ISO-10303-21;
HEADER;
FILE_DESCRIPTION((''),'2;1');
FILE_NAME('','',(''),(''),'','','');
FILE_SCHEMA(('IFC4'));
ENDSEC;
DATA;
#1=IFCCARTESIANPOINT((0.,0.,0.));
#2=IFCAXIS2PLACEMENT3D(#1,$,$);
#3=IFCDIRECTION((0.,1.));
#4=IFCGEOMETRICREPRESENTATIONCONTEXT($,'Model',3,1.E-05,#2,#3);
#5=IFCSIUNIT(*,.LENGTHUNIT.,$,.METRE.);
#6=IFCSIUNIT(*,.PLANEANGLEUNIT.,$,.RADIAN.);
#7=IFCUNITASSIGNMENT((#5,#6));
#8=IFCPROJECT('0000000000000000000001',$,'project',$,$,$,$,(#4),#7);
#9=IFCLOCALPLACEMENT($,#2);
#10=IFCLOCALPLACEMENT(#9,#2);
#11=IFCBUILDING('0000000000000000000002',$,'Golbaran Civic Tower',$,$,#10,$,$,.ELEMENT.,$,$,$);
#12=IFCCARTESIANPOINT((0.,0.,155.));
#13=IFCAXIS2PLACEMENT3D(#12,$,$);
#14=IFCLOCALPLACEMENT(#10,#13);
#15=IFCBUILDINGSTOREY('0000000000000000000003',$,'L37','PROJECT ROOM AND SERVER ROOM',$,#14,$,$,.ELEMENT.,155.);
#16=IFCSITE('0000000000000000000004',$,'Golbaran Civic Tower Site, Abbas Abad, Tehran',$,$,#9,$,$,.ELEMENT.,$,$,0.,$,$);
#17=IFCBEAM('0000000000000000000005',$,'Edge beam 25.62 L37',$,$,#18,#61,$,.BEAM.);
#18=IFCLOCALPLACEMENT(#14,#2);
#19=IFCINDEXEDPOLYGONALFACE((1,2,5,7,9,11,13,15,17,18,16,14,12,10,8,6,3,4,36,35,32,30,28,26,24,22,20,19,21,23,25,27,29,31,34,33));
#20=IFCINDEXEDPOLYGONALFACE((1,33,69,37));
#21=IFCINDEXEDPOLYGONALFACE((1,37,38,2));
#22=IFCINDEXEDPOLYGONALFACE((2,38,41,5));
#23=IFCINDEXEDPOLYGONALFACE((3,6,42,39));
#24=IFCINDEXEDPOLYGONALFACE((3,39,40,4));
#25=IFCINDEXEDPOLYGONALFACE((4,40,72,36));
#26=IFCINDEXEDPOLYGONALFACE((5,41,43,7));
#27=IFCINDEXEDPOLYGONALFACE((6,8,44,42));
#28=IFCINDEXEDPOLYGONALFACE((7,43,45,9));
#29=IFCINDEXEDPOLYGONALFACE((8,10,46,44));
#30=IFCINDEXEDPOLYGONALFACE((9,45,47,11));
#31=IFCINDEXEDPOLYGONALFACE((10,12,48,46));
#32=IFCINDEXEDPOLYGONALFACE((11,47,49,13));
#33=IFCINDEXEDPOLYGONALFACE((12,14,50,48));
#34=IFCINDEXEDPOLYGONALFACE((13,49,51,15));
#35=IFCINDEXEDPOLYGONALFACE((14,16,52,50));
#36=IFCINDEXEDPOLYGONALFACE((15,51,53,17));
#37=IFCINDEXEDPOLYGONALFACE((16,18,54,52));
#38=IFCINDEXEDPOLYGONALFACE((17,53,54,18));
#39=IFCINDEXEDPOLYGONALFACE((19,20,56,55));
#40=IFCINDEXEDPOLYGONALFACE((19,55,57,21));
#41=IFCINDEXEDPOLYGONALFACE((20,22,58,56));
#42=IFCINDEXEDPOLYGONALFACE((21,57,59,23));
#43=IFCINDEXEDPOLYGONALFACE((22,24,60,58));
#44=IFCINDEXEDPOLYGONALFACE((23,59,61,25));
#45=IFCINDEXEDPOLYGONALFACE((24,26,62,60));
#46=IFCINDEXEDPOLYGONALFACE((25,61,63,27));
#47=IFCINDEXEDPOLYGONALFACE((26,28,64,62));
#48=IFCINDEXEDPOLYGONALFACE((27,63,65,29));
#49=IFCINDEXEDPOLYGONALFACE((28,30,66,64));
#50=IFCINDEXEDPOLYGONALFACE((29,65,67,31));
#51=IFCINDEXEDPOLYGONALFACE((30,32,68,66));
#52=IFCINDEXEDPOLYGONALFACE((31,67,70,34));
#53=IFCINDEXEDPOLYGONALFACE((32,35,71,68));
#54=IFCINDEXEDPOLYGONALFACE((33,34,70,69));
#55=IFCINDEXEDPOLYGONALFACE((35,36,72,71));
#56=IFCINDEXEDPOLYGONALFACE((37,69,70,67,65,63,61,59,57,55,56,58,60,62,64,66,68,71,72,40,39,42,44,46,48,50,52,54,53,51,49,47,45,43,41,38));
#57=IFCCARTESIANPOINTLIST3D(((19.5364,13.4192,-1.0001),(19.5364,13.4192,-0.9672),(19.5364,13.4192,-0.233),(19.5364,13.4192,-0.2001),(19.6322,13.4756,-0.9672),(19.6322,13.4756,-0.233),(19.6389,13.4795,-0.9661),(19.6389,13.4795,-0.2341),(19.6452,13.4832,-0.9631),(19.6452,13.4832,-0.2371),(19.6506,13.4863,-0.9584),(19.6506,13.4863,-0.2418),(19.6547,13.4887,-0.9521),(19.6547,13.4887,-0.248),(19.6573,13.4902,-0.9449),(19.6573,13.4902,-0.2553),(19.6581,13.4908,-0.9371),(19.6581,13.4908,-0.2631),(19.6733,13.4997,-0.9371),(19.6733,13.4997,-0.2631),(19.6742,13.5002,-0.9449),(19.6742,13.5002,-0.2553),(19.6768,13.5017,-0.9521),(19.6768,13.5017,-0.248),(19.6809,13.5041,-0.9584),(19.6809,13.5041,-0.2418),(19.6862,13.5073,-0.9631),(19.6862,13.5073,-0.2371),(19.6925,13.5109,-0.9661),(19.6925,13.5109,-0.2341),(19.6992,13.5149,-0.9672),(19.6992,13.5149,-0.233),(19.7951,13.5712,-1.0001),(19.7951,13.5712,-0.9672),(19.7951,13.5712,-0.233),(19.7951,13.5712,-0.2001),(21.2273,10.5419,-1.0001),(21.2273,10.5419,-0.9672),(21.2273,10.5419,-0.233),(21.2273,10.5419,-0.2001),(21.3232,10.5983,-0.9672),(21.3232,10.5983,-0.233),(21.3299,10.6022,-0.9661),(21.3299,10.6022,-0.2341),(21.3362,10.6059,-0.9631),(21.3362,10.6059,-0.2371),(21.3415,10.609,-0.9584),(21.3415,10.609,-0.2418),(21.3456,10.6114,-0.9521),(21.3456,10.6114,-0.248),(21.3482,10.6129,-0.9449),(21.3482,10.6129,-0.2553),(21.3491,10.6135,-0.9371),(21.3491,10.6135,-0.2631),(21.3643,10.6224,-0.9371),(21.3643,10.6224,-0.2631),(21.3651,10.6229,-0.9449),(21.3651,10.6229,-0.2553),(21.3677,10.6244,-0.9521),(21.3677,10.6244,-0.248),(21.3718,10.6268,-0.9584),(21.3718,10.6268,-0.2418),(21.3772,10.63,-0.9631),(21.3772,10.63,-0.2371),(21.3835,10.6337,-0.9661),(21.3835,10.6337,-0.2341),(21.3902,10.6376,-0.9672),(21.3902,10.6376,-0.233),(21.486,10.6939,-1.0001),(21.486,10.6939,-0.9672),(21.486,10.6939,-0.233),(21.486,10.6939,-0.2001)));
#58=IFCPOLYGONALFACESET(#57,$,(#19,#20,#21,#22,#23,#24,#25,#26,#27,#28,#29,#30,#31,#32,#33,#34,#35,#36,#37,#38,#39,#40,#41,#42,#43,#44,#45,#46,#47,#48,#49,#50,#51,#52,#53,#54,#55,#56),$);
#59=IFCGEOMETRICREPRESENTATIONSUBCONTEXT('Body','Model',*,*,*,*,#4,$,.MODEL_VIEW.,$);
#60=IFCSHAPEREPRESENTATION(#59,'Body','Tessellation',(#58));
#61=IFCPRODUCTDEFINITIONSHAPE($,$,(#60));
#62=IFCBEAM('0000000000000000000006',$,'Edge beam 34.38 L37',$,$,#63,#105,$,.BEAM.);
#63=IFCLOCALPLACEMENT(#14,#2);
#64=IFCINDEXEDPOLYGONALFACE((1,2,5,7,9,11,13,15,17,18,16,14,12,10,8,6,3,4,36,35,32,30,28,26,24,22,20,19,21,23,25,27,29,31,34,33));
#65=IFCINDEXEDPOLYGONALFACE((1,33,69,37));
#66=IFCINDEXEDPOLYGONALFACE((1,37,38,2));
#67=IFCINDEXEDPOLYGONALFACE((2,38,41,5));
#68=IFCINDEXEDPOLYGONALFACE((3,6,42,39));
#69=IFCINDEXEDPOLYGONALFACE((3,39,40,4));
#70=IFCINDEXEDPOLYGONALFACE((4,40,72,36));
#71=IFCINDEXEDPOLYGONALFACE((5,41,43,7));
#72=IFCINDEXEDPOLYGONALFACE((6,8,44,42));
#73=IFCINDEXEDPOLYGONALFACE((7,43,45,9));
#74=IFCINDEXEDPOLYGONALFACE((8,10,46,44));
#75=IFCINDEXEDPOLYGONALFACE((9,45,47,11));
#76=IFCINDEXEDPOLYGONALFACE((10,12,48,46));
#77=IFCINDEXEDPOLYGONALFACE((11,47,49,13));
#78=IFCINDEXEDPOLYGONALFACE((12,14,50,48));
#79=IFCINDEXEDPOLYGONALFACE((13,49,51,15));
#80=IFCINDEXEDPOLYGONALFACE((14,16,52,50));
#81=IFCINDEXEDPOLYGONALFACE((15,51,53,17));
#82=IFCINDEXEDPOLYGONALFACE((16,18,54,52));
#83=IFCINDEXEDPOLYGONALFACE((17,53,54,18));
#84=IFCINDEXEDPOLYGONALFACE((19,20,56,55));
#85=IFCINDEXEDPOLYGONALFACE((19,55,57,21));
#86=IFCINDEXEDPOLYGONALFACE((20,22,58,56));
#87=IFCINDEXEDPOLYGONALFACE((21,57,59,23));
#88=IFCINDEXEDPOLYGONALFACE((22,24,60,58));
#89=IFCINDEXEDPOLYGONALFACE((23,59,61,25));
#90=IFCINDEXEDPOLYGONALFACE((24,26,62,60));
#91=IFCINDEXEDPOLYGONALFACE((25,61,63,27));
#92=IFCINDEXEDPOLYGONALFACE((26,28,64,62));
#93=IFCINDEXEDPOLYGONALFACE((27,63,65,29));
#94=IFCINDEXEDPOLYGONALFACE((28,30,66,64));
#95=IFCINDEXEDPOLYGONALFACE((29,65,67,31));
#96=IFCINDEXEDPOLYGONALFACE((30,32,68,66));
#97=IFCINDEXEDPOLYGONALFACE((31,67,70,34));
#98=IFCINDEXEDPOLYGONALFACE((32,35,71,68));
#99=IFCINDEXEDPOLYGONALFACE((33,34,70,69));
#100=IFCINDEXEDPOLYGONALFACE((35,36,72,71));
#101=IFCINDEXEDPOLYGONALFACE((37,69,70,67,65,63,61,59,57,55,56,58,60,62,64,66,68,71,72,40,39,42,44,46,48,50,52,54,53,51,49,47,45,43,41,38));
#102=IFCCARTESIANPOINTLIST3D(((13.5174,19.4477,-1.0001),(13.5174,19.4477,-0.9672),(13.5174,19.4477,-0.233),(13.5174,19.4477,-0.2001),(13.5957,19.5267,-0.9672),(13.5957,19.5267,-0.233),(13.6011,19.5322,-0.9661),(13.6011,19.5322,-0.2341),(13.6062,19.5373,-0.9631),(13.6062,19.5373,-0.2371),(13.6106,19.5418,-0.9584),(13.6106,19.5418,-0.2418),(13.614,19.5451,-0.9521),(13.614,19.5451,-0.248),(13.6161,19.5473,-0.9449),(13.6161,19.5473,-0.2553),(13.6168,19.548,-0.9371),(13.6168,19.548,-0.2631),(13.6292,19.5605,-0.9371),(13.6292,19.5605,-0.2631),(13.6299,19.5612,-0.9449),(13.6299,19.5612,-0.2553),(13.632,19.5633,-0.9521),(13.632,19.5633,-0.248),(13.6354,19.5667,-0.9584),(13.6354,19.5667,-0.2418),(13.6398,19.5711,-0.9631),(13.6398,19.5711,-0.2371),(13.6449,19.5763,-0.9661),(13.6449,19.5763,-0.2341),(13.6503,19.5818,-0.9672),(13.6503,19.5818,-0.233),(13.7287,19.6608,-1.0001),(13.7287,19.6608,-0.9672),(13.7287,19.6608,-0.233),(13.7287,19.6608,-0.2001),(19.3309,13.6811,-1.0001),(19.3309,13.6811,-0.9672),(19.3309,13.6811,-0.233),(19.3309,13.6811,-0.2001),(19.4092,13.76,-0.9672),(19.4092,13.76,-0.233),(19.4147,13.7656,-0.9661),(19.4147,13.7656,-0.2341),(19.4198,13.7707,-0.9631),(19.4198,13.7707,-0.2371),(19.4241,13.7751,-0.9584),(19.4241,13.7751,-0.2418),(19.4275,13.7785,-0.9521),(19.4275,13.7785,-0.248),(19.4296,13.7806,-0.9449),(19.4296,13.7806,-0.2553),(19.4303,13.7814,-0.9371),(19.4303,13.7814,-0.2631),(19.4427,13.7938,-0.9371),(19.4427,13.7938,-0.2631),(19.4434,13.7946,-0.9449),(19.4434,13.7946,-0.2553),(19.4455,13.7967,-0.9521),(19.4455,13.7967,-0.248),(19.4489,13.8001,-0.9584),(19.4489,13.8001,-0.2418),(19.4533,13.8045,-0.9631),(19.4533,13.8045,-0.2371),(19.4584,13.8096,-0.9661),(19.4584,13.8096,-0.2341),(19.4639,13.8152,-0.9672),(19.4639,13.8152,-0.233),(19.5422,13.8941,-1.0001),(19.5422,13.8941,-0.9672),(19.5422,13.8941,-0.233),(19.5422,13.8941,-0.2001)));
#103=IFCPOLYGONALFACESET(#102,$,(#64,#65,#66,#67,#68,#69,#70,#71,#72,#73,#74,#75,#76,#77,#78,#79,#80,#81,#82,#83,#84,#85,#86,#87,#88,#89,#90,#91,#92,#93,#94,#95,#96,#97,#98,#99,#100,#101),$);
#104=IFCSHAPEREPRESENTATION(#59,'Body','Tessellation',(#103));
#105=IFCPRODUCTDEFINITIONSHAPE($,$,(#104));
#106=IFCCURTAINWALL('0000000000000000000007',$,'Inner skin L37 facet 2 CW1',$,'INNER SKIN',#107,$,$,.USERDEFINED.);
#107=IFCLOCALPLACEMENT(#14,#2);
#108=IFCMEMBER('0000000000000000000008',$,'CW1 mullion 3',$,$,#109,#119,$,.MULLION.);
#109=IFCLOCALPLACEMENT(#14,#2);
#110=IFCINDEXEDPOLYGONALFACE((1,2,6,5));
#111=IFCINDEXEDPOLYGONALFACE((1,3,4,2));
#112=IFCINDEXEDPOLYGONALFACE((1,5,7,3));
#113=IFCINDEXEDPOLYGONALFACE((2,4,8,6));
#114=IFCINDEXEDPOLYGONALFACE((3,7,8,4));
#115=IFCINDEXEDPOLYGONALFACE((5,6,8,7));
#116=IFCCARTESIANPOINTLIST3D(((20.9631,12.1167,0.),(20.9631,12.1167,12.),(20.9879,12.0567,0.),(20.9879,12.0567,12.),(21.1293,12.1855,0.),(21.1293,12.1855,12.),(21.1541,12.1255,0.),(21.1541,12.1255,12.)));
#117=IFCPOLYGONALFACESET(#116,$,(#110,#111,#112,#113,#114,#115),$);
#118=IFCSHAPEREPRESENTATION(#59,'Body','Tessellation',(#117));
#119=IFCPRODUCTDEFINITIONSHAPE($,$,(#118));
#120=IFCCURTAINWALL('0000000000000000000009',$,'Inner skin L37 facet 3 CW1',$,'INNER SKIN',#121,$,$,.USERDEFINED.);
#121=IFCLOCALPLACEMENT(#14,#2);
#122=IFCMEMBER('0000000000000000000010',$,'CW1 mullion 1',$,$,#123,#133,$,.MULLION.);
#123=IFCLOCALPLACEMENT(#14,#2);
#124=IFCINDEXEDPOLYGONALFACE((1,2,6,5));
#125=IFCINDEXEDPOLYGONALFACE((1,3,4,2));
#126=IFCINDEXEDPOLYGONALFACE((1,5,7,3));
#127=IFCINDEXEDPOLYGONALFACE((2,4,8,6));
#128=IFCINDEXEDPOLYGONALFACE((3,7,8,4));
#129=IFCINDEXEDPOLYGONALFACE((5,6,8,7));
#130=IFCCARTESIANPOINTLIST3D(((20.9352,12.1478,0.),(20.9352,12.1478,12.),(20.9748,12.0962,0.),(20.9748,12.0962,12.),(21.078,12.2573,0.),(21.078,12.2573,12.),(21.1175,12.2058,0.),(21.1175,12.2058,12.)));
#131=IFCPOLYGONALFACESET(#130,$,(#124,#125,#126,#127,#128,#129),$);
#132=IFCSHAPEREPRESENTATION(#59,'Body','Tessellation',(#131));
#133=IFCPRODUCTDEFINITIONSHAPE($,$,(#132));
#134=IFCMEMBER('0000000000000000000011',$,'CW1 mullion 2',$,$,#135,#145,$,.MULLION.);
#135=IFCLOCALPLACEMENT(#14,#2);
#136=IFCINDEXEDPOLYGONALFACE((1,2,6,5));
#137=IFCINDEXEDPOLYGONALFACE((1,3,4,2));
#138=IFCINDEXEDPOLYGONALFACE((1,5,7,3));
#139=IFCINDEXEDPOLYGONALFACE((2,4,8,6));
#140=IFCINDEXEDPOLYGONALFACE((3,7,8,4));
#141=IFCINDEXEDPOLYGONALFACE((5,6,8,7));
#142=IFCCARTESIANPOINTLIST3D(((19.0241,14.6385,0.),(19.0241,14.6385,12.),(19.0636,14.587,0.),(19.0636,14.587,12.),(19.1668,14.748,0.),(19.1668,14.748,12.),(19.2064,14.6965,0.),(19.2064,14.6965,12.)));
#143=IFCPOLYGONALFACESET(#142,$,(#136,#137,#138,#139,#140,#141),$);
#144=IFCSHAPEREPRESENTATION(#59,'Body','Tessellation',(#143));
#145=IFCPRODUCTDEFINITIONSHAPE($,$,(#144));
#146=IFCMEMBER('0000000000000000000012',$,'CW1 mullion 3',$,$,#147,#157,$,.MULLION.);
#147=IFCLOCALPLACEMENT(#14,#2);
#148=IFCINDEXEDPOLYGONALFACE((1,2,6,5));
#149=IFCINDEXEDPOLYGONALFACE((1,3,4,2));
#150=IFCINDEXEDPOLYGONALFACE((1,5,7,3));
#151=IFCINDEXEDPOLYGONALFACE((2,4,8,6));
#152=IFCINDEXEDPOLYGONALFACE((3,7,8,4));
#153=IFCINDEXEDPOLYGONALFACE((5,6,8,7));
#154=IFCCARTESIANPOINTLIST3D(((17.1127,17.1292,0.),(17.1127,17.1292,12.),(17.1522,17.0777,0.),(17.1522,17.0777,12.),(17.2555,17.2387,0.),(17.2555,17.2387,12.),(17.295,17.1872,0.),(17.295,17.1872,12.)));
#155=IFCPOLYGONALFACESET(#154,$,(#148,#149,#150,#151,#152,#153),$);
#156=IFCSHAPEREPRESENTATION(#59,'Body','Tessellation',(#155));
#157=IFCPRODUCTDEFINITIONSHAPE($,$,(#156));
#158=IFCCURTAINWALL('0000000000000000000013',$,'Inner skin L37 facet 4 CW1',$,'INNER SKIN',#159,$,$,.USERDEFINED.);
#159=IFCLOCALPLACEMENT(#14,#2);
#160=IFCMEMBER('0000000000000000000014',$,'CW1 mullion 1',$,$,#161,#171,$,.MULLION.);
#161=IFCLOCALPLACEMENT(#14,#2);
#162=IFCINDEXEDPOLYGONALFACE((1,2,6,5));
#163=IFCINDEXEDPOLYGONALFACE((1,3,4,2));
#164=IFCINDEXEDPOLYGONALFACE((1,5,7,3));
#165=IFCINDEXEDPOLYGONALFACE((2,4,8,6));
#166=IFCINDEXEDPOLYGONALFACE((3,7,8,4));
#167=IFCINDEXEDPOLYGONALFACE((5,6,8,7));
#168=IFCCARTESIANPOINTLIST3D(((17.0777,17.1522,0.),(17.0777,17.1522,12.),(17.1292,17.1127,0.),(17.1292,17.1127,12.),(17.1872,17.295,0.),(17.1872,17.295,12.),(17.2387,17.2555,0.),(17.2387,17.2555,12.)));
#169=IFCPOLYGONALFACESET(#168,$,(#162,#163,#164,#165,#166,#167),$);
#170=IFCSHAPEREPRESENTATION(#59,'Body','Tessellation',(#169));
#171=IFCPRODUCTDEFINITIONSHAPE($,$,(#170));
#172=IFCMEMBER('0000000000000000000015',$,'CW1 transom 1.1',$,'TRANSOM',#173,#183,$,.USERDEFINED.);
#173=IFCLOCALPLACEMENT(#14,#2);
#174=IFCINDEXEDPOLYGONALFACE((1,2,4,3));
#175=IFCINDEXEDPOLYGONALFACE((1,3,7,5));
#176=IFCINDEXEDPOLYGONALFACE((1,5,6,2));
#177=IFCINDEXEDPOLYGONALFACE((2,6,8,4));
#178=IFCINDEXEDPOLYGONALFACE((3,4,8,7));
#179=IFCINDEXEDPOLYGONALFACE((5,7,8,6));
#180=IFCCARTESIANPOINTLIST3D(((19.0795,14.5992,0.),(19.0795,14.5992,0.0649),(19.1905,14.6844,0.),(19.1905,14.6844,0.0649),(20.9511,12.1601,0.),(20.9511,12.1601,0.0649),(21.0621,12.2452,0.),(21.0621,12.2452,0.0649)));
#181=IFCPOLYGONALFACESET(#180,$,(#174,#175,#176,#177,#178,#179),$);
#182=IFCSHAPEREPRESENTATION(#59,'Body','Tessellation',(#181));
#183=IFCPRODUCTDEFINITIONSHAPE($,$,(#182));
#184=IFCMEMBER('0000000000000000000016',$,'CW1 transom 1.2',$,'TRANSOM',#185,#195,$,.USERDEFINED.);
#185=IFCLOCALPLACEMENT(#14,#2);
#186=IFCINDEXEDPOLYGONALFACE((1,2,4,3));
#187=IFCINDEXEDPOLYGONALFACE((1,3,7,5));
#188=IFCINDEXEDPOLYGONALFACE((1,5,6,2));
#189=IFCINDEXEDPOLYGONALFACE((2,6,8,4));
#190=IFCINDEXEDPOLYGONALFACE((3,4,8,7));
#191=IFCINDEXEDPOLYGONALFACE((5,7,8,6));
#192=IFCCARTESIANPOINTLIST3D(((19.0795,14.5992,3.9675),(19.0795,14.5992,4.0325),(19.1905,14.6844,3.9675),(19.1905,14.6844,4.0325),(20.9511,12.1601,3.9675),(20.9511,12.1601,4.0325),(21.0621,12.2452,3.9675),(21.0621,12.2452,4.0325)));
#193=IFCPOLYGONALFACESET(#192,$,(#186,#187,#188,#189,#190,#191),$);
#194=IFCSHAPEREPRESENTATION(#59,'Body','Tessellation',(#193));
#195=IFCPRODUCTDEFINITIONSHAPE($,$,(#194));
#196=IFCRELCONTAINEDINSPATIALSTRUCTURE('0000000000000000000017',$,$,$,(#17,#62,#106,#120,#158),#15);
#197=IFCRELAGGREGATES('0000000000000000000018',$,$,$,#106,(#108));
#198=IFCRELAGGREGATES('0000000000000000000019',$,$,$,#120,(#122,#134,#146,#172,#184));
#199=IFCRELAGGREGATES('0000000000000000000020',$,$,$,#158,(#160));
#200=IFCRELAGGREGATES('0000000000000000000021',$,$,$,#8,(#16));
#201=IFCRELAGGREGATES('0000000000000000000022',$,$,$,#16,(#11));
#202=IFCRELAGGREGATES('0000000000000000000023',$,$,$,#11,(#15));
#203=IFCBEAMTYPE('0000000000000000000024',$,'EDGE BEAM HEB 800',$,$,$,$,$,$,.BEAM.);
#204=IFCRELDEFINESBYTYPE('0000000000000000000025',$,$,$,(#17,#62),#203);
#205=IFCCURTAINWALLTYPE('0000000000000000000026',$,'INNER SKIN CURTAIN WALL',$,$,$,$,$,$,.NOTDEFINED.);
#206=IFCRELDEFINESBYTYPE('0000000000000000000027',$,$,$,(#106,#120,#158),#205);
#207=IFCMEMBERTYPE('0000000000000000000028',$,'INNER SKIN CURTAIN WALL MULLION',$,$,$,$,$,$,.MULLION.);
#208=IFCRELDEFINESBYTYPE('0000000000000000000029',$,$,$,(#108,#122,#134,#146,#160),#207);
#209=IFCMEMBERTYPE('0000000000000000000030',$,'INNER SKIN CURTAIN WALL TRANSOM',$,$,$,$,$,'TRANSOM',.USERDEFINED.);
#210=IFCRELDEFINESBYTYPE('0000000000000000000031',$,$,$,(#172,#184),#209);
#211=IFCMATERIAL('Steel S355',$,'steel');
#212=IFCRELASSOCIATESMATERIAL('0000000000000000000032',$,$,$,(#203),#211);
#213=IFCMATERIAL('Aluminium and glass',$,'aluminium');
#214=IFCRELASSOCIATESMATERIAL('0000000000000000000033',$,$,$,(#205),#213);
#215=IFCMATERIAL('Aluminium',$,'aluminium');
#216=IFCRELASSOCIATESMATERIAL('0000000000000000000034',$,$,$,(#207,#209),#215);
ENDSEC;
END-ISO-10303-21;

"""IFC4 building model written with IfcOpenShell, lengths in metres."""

from ifc_helpers import new_model, si_unit, direction, frame, origin, origin_2d, place, context, subcontext, project, spatial, rectangle, i_section, extrude, material, material_profile, profile_set, type_object, element, aggregate, save


model = new_model("IFC4")

# Units and contexts
model_context = context("Model", 3, precision=1e-05, world=origin(), true_north=direction((0.0, 1.0)))
body_context = subcontext(model_context, "Body", "Model", "MODEL_VIEW")
ifc_project = project(units=[si_unit("LENGTHUNIT", "METRE"), si_unit("PLANEANGLEUNIT", "RADIAN")], contexts=[model_context])

# Site, building, storey
site_placement = place(None, origin())
site = spatial("IfcSite", under=ifc_project, at=site_placement, Name="Golbaran Civic Tower Site, Abbas Abad, Tehran", CompositionType="ELEMENT", RefElevation=0.0)
building_placement = place(site_placement, origin())
building = spatial("IfcBuilding", under=site, at=building_placement, Name="Golbaran Civic Tower", CompositionType="ELEMENT")
storey_placement = place(building_placement, frame((0.0, 0.0, 155.0)))
storey = spatial("IfcBuildingStorey", under=building, at=storey_placement, Name="L37", Description="PROJECT ROOM AND SERVER ROOM", CompositionType="ELEMENT", Elevation=155.0)

# Beams
ifc_material_1 = material(Name="Steel S355", Category="steel")
ifc_material_profile_1 = material_profile(ifc_material_1, i_section(OverallWidth=0.3, OverallDepth=0.8, WebThickness=0.0176, FlangeThickness=0.033, FilletRadius=0.03, at=origin_2d()), Name="HEB 800")
ifc_profile_set_1 = profile_set([ifc_material_profile_1], Name="Steel S355")
beam_type = type_object("IfcBeamType", Name="EDGE BEAM HEB 800", PredefinedType="BEAM", material=ifc_profile_set_1)
beam_1_placement = place(storey_placement, frame((21.3567, 10.6179, -0.6001), z_axis=(-0.506675, 0.862137, 0.0), x_axis=(-0.862137, -0.506675, 0.0)))
element("IfcBeam", 1, at=beam_1_placement, inside=storey, type_object=beam_type, Name="Edge beam 25.62 L37", PredefinedType="BEAM", context=body_context, shape_type="SweptSolid", body=[
    extrude(i_section(OverallWidth=0.3, OverallDepth=0.8, WebThickness=0.0176, FlangeThickness=0.033, FilletRadius=0.03, at=origin_2d()), origin(), (0.0, 0.0, 1.0), 3.3374),
])
beam_2_placement = place(storey_placement, frame((19.4365, 13.7876, -0.6001), z_axis=(-0.709963, 0.704239, 0.0), x_axis=(-0.704239, -0.709963, 0.0)))
element("IfcBeam", 2, at=beam_2_placement, inside=storey, type_object=beam_type, Name="Edge beam 34.38 L37", PredefinedType="BEAM", context=body_context, shape_type="SweptSolid", body=[
    extrude(i_section(OverallWidth=0.3, OverallDepth=0.8, WebThickness=0.0176, FlangeThickness=0.033, FilletRadius=0.03, at=origin_2d()), origin(), (0.0, 0.0, 1.0), 8.1885),
])

# Curtain wall, member
ifc_material_2 = material(Name="Aluminium and glass", Category="aluminium")
curtain_wall_type = type_object("IfcCurtainWallType", Name="INNER SKIN CURTAIN WALL", PredefinedType="NOTDEFINED", material=ifc_material_2)
curtain_wall_1_placement = place(storey_placement, origin())
curtain_wall_1 = element("IfcCurtainWall", 3, at=curtain_wall_1_placement, inside=storey, type_object=curtain_wall_type, Name="Inner skin L37 facet 2 CW1", ObjectType="INNER SKIN", PredefinedType="USERDEFINED")
ifc_material_3 = material(Name="Aluminium", Category="aluminium")
ifc_material_profile_2 = material_profile(ifc_material_3, rectangle(XDim=0.1799, YDim=0.0649, at=origin_2d()), Name="INNER SKIN CURTAIN WALL MULLION")
ifc_profile_set_2 = profile_set([ifc_material_profile_2], Name="Aluminium")
member_type_1 = type_object("IfcMemberType", Name="INNER SKIN CURTAIN WALL MULLION", PredefinedType="MULLION", material=ifc_profile_set_2)
member_1_placement = place(storey_placement, frame((21.0586, 12.1211, 0.0), z_axis=(0.0, 0.0, 1.0), x_axis=(-0.92388, -0.382683, 0.0)))
member_1 = element("IfcMember", 4, at=member_1_placement, type_object=member_type_1, Name="CW1 mullion 3", PredefinedType="MULLION", context=body_context, shape_type="SweptSolid", body=[
    extrude(rectangle(XDim=0.1799, YDim=0.0649, at=origin_2d()), origin(), (0.0, 0.0, 1.0), 12.0),
])

# Curtain wall, members
curtain_wall_2_placement = place(storey_placement, origin())
curtain_wall_2 = element("IfcCurtainWall", 5, at=curtain_wall_2_placement, inside=storey, type_object=curtain_wall_type, Name="Inner skin L37 facet 3 CW1", ObjectType="INNER SKIN", PredefinedType="USERDEFINED")
member_2_placement = place(storey_placement, frame((21.0264, 12.1768, 0.0), z_axis=(0.0, 0.0, 1.0), x_axis=(-0.793353, -0.608761, 0.0)))
member_2 = element("IfcMember", 6, at=member_2_placement, type_object=member_type_1, Name="CW1 mullion 1", PredefinedType="MULLION", context=body_context, shape_type="SweptSolid", body=[
    extrude(rectangle(XDim=0.1799, YDim=0.0649, at=origin_2d()), origin(), (0.0, 0.0, 1.0), 12.0),
])
member_3_placement = place(storey_placement, frame((19.1152, 14.6675, 0.0), z_axis=(0.0, 0.0, 1.0), x_axis=(-0.793353, -0.608761, 0.0)))
member_3 = element("IfcMember", 7, at=member_3_placement, type_object=member_type_1, Name="CW1 mullion 2", PredefinedType="MULLION", context=body_context, shape_type="SweptSolid", body=[
    extrude(rectangle(XDim=0.1799, YDim=0.0649, at=origin_2d()), origin(), (0.0, 0.0, 1.0), 12.0),
])
member_4_placement = place(storey_placement, frame((17.2039, 17.1582, 0.0), z_axis=(0.0, 0.0, 1.0), x_axis=(-0.793353, -0.608761, 0.0)))
member_4 = element("IfcMember", 8, at=member_4_placement, type_object=member_type_1, Name="CW1 mullion 3", PredefinedType="MULLION", context=body_context, shape_type="SweptSolid", body=[
    extrude(rectangle(XDim=0.1799, YDim=0.0649, at=origin_2d()), origin(), (0.0, 0.0, 1.0), 12.0),
])

# Curtain wall, member
curtain_wall_3_placement = place(storey_placement, origin())
curtain_wall_3 = element("IfcCurtainWall", 9, at=curtain_wall_3_placement, inside=storey, type_object=curtain_wall_type, Name="Inner skin L37 facet 4 CW1", ObjectType="INNER SKIN", PredefinedType="USERDEFINED")
member_5_placement = place(storey_placement, frame((17.1582, 17.2039, 0.0), z_axis=(0.0, 0.0, 1.0), x_axis=(-0.608761, -0.793353, 0.0)))
member_5 = element("IfcMember", 10, at=member_5_placement, type_object=member_type_1, Name="CW1 mullion 1", PredefinedType="MULLION", context=body_context, shape_type="SweptSolid", body=[
    extrude(rectangle(XDim=0.1799, YDim=0.0649, at=origin_2d()), origin(), (0.0, 0.0, 1.0), 12.0),
])

# Members
ifc_material_profile_3 = material_profile(ifc_material_3, rectangle(XDim=0.1399, YDim=0.0649, at=origin_2d()), Name="INNER SKIN CURTAIN WALL TRANSOM")
ifc_profile_set_3 = profile_set([ifc_material_profile_3], Name="Aluminium")
member_type_2 = type_object("IfcMemberType", Name="INNER SKIN CURTAIN WALL TRANSOM", ElementType="TRANSOM", PredefinedType="USERDEFINED", material=ifc_profile_set_3)
member_6_placement = place(storey_placement, frame((21.0066, 12.2026, 0.0325), z_axis=(-0.608743, 0.793367, 0.0), x_axis=(-0.793367, -0.608743, 0.0)))
member_6 = element("IfcMember", 11, at=member_6_placement, type_object=member_type_2, Name="CW1 transom 1.1", ObjectType="TRANSOM", PredefinedType="USERDEFINED", context=body_context, shape_type="SweptSolid", body=[
    extrude(rectangle(XDim=0.1399, YDim=0.0649, at=origin_2d()), origin(), (0.0, 0.0, 1.0), 3.0745),
])
member_7_placement = place(storey_placement, frame((21.0066, 12.2026, 4.0), z_axis=(-0.608743, 0.793367, 0.0), x_axis=(-0.793367, -0.608743, 0.0)))
member_7 = element("IfcMember", 12, at=member_7_placement, type_object=member_type_2, Name="CW1 transom 1.2", ObjectType="TRANSOM", PredefinedType="USERDEFINED", context=body_context, shape_type="SweptSolid", body=[
    extrude(rectangle(XDim=0.1399, YDim=0.0649, at=origin_2d()), origin(), (0.0, 0.0, 1.0), 3.0745),
])

aggregate(curtain_wall_1, [member_1])
aggregate(curtain_wall_2, [member_2, member_3, member_4, member_6, member_7])
aggregate(curtain_wall_3, [member_5])

save(model, "model.ifc")
